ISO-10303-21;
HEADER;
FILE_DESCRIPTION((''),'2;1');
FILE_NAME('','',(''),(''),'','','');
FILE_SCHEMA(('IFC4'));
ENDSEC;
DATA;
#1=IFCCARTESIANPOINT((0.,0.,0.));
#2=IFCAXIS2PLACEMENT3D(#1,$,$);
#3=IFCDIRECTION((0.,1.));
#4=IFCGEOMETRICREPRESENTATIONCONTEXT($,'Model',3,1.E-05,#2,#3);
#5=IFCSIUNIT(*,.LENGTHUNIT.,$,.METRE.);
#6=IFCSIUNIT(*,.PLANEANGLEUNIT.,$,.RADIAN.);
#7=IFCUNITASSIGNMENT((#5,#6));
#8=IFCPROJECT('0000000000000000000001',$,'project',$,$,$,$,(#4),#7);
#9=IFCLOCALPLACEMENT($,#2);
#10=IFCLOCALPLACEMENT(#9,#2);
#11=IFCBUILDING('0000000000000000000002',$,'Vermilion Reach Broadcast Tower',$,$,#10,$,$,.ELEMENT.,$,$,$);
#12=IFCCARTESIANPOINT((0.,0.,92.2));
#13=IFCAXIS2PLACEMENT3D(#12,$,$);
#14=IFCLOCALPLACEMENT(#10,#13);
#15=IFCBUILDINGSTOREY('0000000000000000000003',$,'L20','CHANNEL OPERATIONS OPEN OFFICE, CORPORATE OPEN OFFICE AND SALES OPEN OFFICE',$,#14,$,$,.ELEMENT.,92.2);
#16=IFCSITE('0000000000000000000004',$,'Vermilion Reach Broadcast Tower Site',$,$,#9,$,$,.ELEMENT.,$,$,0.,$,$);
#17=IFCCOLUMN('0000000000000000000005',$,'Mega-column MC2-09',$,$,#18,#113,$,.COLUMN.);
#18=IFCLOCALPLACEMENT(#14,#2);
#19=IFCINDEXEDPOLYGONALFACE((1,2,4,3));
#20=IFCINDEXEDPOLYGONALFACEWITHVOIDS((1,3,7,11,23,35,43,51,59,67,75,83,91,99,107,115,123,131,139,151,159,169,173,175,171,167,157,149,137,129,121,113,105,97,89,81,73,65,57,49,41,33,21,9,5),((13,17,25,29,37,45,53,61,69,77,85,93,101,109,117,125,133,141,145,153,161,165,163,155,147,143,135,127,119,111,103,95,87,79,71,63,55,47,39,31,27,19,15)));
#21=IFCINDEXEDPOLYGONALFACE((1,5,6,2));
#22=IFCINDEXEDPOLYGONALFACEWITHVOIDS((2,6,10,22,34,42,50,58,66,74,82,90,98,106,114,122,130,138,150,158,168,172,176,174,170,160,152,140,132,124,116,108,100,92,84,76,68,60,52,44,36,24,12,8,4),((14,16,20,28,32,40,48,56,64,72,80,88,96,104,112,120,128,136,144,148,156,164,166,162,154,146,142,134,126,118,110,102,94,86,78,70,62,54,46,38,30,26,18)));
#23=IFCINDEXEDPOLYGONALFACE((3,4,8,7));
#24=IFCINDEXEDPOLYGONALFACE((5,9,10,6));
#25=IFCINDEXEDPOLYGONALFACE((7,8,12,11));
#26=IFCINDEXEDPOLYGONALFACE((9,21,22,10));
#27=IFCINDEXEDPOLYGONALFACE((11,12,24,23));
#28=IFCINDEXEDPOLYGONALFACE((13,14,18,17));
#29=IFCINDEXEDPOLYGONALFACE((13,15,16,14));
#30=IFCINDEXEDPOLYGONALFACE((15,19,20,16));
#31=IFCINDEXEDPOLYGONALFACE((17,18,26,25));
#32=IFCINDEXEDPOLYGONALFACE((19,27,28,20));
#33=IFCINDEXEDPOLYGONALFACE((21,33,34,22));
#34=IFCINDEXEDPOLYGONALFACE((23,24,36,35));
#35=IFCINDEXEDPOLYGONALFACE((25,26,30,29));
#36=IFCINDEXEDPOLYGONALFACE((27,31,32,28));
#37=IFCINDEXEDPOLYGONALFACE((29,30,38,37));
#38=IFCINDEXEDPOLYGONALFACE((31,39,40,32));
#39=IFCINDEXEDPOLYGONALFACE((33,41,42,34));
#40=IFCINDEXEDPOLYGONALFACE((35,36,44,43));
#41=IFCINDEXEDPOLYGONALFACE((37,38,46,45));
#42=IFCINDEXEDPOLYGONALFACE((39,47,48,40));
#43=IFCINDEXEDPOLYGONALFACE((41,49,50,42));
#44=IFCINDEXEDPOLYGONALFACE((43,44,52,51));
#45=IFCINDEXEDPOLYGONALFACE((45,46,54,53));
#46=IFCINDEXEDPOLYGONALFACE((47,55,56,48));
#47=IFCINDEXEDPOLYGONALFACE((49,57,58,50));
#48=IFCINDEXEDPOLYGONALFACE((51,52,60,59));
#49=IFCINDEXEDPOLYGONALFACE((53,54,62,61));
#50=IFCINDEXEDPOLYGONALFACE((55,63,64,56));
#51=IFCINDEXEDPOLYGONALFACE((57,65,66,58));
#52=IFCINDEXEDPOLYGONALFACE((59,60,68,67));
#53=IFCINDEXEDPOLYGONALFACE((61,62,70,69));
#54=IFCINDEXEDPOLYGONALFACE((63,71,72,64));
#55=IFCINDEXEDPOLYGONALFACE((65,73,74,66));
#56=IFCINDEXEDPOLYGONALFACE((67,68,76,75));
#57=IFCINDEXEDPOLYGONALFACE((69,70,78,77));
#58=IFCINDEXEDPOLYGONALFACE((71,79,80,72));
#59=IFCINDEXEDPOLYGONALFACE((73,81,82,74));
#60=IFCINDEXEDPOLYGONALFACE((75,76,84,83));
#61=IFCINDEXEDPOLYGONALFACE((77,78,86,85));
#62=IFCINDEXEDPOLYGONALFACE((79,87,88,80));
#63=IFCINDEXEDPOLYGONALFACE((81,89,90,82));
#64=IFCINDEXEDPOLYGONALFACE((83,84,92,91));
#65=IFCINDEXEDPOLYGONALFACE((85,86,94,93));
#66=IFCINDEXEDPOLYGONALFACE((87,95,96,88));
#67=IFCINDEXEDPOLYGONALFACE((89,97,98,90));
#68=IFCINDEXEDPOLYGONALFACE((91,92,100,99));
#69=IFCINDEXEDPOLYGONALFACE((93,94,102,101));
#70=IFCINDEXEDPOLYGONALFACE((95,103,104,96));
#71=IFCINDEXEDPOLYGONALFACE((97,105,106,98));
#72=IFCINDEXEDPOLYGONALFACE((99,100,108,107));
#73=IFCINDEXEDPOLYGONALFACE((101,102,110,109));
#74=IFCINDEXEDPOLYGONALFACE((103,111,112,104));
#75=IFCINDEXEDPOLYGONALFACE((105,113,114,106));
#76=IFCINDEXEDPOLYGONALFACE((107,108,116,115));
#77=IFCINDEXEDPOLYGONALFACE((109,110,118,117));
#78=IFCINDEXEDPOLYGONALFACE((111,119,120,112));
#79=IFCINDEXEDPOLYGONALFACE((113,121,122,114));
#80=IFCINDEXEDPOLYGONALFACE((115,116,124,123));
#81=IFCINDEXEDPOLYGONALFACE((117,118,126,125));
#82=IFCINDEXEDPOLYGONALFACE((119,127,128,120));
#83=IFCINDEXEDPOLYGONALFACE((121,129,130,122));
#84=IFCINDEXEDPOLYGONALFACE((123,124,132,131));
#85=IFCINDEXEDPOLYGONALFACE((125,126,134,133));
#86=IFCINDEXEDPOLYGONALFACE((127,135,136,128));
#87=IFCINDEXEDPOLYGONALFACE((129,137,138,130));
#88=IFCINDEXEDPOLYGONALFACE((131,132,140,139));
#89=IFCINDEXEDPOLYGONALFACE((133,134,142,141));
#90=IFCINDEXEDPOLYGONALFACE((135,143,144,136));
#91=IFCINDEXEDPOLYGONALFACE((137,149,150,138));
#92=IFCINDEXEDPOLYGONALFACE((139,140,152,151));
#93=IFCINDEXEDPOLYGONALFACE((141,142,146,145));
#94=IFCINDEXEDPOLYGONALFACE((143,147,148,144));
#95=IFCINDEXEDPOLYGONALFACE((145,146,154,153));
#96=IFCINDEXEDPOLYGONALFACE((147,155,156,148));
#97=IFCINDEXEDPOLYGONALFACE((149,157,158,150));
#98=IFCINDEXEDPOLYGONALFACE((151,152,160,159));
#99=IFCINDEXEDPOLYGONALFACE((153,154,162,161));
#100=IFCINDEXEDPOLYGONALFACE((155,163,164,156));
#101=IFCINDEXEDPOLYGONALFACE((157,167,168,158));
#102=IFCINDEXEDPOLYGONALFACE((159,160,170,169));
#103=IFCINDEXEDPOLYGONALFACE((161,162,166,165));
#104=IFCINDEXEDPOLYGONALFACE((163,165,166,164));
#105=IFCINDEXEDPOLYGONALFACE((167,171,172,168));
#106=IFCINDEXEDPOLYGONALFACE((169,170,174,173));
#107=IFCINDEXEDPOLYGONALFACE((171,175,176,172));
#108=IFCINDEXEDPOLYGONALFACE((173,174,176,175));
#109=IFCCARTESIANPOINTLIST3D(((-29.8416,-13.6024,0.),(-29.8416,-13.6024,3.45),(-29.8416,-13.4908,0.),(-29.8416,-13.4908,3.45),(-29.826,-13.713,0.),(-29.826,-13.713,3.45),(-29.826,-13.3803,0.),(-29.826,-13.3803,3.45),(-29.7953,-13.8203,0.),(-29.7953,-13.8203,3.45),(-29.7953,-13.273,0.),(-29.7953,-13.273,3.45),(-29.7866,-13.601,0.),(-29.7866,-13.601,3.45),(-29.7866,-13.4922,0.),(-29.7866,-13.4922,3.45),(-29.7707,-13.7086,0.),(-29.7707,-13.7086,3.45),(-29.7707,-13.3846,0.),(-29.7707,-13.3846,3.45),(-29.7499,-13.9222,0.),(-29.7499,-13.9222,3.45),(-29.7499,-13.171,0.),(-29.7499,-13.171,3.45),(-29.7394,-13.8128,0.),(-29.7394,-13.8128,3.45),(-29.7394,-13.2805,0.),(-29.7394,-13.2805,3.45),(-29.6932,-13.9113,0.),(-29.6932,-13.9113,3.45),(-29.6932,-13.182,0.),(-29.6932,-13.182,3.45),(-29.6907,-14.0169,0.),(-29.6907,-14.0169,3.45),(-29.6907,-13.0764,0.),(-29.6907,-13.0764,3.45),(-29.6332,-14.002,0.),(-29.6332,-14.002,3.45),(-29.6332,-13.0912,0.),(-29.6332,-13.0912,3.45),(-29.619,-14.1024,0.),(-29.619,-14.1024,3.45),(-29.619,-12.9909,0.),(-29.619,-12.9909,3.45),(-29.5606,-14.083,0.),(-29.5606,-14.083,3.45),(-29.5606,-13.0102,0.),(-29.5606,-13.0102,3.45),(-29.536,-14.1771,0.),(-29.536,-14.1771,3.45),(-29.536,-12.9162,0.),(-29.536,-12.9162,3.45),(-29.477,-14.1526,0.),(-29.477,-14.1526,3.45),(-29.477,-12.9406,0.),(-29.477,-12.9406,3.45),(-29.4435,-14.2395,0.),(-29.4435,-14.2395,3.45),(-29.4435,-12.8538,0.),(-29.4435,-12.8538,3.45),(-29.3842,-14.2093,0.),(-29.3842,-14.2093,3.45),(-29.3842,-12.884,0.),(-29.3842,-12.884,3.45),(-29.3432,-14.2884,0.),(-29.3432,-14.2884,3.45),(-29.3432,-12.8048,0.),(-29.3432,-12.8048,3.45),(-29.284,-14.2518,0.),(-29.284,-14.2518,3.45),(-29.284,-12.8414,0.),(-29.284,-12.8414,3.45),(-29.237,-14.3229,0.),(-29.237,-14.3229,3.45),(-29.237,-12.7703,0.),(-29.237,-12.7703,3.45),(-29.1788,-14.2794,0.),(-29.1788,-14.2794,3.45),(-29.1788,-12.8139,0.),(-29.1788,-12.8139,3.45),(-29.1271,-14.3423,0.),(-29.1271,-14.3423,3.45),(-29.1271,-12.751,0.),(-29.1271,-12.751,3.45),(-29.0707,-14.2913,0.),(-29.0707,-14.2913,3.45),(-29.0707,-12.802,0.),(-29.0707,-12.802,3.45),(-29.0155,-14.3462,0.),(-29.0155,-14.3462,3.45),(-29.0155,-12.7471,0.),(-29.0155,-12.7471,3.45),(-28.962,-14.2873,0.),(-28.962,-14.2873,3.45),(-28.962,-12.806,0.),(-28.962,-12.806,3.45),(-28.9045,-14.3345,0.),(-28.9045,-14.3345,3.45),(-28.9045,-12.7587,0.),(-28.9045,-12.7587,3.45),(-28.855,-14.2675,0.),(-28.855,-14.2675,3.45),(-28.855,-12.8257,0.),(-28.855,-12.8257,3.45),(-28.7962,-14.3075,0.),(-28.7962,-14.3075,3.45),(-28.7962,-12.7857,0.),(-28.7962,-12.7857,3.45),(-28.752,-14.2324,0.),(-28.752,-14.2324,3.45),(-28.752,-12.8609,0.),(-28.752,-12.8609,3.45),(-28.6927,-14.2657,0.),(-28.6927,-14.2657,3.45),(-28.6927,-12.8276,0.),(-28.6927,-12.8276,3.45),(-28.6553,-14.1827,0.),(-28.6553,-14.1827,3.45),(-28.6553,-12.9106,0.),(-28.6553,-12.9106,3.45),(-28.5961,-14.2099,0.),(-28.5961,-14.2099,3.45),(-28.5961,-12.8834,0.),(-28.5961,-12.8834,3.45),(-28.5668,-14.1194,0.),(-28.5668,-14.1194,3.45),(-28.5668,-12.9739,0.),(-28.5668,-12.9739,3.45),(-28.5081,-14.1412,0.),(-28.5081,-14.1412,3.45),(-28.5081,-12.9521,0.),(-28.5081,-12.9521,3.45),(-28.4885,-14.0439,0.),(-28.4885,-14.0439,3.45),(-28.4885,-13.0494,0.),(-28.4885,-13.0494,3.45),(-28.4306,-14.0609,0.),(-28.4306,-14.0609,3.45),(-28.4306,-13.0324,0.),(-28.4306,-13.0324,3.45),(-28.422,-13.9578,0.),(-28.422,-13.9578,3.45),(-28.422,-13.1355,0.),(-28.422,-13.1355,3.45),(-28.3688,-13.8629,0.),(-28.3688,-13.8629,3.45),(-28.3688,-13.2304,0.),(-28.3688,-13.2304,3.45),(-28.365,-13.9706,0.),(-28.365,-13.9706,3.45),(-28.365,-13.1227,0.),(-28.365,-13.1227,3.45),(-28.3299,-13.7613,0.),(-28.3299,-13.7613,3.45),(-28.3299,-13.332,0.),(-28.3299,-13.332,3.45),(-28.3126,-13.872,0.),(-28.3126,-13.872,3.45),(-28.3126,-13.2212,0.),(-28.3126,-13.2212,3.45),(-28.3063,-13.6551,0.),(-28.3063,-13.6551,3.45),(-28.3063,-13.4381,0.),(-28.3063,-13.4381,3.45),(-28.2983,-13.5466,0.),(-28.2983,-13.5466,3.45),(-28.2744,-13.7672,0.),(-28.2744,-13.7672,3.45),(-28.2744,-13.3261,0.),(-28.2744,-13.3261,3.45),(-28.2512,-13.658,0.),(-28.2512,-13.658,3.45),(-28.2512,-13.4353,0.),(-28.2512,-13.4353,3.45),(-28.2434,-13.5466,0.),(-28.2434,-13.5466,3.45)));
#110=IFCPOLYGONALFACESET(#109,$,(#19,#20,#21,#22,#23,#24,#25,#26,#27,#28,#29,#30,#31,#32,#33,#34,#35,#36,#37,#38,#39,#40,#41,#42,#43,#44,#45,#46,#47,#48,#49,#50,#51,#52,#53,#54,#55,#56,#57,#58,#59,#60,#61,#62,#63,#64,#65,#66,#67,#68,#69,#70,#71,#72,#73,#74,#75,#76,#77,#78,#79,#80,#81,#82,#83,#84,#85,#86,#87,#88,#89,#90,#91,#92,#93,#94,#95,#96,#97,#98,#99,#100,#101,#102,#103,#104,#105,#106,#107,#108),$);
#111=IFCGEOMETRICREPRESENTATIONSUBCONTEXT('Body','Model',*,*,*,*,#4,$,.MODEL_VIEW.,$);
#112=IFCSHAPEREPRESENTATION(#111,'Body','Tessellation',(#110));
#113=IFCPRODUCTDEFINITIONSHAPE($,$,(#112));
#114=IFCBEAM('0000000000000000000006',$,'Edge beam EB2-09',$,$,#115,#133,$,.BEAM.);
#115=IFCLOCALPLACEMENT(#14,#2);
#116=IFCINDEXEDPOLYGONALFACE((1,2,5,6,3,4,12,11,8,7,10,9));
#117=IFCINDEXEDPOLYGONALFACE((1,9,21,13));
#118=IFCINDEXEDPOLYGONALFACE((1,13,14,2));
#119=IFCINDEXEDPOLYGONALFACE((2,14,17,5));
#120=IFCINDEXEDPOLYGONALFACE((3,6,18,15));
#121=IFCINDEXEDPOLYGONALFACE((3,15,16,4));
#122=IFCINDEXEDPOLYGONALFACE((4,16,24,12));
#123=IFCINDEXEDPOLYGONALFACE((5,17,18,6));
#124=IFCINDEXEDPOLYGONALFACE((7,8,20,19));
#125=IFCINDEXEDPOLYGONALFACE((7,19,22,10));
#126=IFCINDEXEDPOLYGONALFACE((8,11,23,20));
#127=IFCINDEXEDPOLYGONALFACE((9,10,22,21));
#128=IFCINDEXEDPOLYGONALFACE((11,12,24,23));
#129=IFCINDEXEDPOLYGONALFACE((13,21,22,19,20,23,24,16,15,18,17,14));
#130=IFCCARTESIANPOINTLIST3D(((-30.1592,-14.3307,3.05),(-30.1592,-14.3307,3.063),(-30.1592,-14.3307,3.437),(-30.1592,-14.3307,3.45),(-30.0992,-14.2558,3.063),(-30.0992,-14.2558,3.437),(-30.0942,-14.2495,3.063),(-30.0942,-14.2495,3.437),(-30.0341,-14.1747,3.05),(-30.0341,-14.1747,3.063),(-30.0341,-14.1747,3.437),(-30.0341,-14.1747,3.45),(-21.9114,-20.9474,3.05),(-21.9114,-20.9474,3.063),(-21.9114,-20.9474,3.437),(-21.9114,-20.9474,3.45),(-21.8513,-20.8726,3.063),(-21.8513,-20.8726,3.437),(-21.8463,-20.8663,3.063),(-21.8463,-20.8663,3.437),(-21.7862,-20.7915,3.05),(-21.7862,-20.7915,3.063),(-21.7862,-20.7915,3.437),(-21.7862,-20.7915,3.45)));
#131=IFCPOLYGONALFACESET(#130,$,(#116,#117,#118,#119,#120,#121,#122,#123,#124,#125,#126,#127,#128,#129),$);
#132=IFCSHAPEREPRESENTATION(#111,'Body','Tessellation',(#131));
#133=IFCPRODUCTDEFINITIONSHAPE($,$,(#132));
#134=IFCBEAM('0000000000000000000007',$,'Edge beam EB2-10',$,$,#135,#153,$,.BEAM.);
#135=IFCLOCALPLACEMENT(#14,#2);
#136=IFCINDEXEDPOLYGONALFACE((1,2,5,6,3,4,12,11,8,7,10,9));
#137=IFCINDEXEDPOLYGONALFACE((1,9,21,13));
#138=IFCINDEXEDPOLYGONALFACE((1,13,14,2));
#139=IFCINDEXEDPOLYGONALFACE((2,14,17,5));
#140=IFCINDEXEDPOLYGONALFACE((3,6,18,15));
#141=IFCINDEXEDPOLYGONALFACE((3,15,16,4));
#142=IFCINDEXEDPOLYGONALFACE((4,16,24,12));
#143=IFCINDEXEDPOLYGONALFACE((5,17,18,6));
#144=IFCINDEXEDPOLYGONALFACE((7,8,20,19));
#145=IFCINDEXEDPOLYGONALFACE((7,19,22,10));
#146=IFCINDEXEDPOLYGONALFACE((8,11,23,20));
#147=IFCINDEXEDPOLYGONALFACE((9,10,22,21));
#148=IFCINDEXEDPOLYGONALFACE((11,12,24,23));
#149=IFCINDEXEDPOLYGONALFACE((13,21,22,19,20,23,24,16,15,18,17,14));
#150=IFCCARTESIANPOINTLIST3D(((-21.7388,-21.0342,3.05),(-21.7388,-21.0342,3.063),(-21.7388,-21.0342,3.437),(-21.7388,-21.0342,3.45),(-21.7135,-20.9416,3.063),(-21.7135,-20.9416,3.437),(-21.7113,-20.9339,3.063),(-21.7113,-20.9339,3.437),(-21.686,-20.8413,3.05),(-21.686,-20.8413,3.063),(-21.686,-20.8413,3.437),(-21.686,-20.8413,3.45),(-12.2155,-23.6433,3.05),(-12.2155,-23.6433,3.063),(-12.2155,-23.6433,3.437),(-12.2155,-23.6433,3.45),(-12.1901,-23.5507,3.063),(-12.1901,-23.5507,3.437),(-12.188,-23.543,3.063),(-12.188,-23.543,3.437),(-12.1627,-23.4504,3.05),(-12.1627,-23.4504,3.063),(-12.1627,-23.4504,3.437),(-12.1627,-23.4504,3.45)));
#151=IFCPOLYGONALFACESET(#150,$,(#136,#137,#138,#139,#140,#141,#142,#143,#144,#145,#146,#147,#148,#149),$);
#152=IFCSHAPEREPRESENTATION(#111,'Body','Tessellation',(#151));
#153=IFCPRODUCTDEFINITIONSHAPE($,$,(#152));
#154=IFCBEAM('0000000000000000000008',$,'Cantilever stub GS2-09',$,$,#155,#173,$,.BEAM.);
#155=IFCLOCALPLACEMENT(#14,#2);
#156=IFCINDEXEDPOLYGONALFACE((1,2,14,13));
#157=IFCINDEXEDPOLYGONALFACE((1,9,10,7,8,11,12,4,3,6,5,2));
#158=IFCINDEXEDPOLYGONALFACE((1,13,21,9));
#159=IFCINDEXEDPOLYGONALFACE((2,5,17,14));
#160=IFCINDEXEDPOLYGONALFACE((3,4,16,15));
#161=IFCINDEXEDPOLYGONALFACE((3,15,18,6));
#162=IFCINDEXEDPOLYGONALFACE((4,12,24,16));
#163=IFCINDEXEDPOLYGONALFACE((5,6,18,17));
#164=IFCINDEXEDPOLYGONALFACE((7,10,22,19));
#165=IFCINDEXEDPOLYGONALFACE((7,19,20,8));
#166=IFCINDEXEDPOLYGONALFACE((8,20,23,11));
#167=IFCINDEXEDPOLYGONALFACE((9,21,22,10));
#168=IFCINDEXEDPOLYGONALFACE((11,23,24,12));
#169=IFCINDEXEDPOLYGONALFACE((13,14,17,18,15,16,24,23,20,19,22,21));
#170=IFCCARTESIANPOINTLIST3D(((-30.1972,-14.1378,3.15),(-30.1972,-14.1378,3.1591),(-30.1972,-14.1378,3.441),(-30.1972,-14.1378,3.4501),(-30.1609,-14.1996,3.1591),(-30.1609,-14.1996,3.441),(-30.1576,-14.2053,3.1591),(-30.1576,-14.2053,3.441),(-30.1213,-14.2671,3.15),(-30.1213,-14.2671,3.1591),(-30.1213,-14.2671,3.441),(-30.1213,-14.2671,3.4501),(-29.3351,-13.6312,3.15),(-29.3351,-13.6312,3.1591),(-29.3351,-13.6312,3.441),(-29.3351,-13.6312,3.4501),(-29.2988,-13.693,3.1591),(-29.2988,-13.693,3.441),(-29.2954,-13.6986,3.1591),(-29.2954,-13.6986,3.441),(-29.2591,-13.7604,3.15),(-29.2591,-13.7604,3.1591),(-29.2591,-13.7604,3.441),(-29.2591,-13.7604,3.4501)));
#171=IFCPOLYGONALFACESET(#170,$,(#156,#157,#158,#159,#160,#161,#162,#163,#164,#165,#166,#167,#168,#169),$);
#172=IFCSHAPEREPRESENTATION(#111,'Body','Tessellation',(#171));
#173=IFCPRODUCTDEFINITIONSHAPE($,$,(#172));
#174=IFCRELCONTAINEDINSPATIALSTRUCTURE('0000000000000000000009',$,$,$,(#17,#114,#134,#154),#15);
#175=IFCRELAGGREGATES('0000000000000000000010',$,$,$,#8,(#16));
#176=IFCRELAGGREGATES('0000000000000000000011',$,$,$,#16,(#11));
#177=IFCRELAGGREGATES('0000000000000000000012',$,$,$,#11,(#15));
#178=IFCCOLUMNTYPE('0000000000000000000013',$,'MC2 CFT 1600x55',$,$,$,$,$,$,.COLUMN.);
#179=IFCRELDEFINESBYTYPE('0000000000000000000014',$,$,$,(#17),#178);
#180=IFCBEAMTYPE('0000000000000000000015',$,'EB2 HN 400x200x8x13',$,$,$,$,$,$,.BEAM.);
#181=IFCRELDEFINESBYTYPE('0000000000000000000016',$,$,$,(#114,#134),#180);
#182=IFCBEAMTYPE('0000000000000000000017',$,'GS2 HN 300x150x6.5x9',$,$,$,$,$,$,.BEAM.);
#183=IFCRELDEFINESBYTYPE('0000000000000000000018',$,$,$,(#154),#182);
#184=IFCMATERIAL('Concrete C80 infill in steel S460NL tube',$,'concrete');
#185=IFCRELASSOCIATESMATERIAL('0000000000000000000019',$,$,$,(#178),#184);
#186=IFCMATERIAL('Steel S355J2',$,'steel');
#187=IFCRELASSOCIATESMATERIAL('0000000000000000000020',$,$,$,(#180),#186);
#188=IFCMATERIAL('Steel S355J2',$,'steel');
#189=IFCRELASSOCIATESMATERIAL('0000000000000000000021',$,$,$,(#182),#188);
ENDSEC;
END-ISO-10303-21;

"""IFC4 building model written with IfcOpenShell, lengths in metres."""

from ifc_helpers import new_model, si_unit, direction, frame, origin, origin_2d, place, context, subcontext, project, spatial, hollow_circle, i_section, extrude, material, material_profile, profile_set, type_object, element, save


model = new_model("IFC4")

# Units and contexts
model_context = context("Model", 3, precision=1e-05, world=origin(), true_north=direction((0.0, 1.0)))
body_context = subcontext(model_context, "Body", "Model", "MODEL_VIEW")
ifc_project = project(units=[si_unit("LENGTHUNIT", "METRE"), si_unit("PLANEANGLEUNIT", "RADIAN")], contexts=[model_context])

# Site, building, storey
site_placement = place(None, origin())
site = spatial("IfcSite", under=ifc_project, at=site_placement, Name="Vermilion Reach Broadcast Tower Site", CompositionType="ELEMENT", RefElevation=0.0)
building_placement = place(site_placement, origin())
building = spatial("IfcBuilding", under=site, at=building_placement, Name="Vermilion Reach Broadcast Tower", CompositionType="ELEMENT")
storey_placement = place(building_placement, frame((0.0, 0.0, 92.2)))
storey = spatial("IfcBuildingStorey", under=building, at=storey_placement, Name="L20", Description="CHANNEL OPERATIONS OPEN OFFICE, CORPORATE OPEN OFFICE AND SALES OPEN OFFICE", CompositionType="ELEMENT", Elevation=92.2)

# Column
ifc_material_1 = material(Name="Concrete C80 infill in steel S460NL tube", Category="concrete")
ifc_material_profile_1 = material_profile(ifc_material_1, hollow_circle(Radius=0.8, WallThickness=0.0549, at=origin_2d()), Name="Concrete C80 infill in steel S460NL tube CFT 1600x55")
ifc_profile_set_1 = profile_set([ifc_material_profile_1], Name="Concrete C80 infill in steel S460NL tube")
column_type = type_object("IfcColumnType", Name="MC2 CFT 1600x55", PredefinedType="COLUMN", material=ifc_profile_set_1)
column_placement = place(storey_placement, frame((-29.0435, -13.5466, 0.0), z_axis=(0.0, 0.0, 1.0), x_axis=(1.0, 0.0, 0.0)))
element("IfcColumn", 1, at=column_placement, inside=storey, type_object=column_type, Name="Mega-column MC2-09", PredefinedType="COLUMN", context=body_context, shape_type="SweptSolid", body=[
    extrude(hollow_circle(Radius=0.8, WallThickness=0.0549, at=origin_2d()), origin(), (0.0, 0.0, 1.0), 3.45),
])

# Beams
ifc_material_2 = material(Name="Steel S355J2", Category="steel")
ifc_material_profile_2 = material_profile(ifc_material_2, i_section(OverallWidth=0.2, OverallDepth=0.3999, WebThickness=0.0081, FlangeThickness=0.0129, at=origin_2d()), Name="S355J2 HN 400x200x8x13")
ifc_profile_set_2 = profile_set([ifc_material_profile_2], Name="Steel S355J2")
beam_type_1 = type_object("IfcBeamType", Name="EB2 HN 400x200x8x13", PredefinedType="BEAM", material=ifc_profile_set_2)
beam_1_placement = place(storey_placement, frame((-30.0967, -14.2527, 3.25), z_axis=(0.780017, -0.625759, 0.0), x_axis=(0.625759, 0.780017, 0.0)))
element("IfcBeam", 2, at=beam_1_placement, inside=storey, type_object=beam_type_1, Name="Edge beam EB2-09", PredefinedType="BEAM", context=body_context, shape_type="SweptSolid", body=[
    extrude(i_section(OverallWidth=0.2, OverallDepth=0.3999, WebThickness=0.0081, FlangeThickness=0.0129, at=origin_2d()), origin(), (0.0, 0.0, 1.0), 10.574),
])
beam_2_placement = place(storey_placement, frame((-21.7124, -20.9377, 3.25), z_axis=(0.964459, -0.264232, 0.0), x_axis=(0.264232, 0.964459, 0.0)))
element("IfcBeam", 3, at=beam_2_placement, inside=storey, type_object=beam_type_1, Name="Edge beam EB2-10", PredefinedType="BEAM", context=body_context, shape_type="SweptSolid", body=[
    extrude(i_section(OverallWidth=0.2, OverallDepth=0.3999, WebThickness=0.0081, FlangeThickness=0.0129, at=origin_2d()), origin(), (0.0, 0.0, 1.0), 9.8743),
])
ifc_material_3 = material(Name="Steel S355J2", Category="steel")
ifc_material_profile_3 = material_profile(ifc_material_3, i_section(OverallWidth=0.1499, OverallDepth=0.3, WebThickness=0.0066, FlangeThickness=0.009, at=origin_2d()), Name="S355J2 HN 300x150x6.5x9")
ifc_profile_set_3 = profile_set([ifc_material_profile_3], Name="Steel S355J2")
beam_type_2 = type_object("IfcBeamType", Name="GS2 HN 300x150x6.5x9", PredefinedType="BEAM", material=ifc_profile_set_3)
beam_3_placement = place(storey_placement, frame((-29.2971, -13.6958, 3.3), z_axis=(-0.862154, -0.506647, 0.0), x_axis=(0.506647, -0.862154, 0.0)))
element("IfcBeam", 4, at=beam_3_placement, inside=storey, type_object=beam_type_2, Name="Cantilever stub GS2-09", PredefinedType="BEAM", context=body_context, shape_type="SweptSolid", body=[
    extrude(i_section(OverallWidth=0.1499, OverallDepth=0.3, WebThickness=0.0066, FlangeThickness=0.009, at=origin_2d()), origin(), (0.0, 0.0, 1.0), 1.0),
])

save(model, "model.ifc")
